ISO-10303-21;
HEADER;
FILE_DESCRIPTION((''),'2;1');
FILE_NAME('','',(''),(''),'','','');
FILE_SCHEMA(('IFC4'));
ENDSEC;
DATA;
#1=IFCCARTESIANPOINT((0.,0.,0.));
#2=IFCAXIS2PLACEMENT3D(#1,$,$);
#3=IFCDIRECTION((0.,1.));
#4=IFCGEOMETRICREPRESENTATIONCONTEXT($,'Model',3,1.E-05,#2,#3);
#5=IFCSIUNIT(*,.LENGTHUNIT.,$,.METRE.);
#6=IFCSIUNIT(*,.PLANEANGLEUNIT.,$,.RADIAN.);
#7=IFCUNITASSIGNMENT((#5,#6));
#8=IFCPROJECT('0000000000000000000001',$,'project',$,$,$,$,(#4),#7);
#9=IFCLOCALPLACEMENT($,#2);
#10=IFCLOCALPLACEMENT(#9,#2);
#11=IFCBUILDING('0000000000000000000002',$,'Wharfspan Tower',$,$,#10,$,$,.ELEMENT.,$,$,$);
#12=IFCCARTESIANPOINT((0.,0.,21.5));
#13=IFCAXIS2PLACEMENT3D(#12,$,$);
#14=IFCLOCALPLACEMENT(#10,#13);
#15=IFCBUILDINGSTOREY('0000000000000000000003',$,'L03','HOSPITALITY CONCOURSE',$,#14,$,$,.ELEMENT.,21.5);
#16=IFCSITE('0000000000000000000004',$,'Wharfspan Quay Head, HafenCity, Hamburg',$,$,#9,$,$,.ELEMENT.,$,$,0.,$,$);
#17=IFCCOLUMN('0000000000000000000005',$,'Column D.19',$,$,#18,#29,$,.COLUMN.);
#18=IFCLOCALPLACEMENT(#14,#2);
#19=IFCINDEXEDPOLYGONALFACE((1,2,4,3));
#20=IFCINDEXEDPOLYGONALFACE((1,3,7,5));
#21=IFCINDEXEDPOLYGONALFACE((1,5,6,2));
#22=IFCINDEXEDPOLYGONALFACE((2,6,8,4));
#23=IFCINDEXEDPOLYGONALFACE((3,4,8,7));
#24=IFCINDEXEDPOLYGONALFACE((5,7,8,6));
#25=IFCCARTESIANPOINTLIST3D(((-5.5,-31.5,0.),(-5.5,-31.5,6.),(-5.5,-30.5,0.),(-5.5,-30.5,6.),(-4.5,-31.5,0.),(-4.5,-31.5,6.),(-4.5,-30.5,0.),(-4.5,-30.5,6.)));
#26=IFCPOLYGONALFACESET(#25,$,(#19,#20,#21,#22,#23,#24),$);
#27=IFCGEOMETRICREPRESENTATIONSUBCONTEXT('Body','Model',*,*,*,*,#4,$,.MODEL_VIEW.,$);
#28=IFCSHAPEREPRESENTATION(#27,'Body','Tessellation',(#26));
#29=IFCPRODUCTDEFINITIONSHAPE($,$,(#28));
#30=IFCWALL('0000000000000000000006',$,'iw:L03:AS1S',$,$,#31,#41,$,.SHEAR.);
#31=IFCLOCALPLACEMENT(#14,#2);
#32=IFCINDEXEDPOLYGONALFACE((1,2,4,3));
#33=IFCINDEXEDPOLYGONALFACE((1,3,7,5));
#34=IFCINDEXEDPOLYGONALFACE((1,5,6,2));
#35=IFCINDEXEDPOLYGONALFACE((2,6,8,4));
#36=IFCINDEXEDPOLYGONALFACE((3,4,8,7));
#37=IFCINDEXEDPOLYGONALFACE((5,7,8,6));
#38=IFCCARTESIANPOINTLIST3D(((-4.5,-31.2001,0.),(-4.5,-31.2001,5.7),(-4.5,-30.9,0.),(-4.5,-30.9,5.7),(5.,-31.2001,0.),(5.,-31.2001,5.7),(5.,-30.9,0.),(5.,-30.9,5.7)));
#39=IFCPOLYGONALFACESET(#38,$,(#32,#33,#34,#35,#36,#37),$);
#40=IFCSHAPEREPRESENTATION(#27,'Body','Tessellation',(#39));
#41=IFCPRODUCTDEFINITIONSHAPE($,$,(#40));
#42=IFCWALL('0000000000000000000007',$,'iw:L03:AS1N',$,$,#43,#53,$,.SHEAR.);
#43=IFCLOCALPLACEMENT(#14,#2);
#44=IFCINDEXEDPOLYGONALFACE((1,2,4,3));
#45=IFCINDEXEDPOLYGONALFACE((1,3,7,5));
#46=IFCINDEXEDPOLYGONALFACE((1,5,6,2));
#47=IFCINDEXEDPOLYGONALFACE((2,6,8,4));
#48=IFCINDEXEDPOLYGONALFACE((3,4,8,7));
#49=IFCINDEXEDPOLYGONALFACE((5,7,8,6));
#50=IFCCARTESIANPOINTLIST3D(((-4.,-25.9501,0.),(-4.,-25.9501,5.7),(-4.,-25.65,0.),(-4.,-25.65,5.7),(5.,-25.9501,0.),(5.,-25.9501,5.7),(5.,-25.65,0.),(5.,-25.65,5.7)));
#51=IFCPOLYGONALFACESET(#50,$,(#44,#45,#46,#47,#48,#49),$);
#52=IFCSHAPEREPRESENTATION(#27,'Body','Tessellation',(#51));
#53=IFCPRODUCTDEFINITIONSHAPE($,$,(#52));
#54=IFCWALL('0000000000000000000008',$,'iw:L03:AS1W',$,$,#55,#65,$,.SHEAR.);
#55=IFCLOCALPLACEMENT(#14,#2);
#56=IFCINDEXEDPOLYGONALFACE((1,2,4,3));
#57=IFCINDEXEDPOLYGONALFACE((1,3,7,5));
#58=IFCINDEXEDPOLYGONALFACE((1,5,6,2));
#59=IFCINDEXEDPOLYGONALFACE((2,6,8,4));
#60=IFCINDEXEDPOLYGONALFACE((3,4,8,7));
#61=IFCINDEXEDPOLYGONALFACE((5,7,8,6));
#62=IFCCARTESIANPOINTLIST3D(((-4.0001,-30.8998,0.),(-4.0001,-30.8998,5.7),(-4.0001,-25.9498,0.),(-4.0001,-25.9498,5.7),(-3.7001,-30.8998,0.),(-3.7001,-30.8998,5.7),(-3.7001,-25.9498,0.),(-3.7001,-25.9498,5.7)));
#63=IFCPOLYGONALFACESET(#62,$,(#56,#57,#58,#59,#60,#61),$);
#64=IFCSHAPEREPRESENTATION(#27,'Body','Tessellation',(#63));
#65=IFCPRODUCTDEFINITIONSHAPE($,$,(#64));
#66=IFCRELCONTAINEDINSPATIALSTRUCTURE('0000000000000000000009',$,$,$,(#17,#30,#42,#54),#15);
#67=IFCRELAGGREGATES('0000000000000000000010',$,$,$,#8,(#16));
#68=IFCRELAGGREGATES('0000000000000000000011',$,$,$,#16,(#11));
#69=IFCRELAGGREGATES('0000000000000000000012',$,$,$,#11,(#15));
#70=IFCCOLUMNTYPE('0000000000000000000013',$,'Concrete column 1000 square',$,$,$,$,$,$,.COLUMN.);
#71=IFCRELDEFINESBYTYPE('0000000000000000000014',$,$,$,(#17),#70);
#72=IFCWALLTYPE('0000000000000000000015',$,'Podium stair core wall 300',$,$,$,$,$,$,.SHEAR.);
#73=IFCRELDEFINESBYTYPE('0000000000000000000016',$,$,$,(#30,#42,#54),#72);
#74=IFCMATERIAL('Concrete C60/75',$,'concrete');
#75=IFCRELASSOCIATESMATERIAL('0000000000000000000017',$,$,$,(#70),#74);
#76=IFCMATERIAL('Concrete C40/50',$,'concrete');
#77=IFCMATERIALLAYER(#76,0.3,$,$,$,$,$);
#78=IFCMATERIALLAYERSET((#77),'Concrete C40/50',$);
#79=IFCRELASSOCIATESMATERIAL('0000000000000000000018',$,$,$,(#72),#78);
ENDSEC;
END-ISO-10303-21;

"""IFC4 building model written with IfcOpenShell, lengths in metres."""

from ifc_helpers import new_model, si_unit, direction, frame, frame_2d, origin, origin_2d, place, context, subcontext, project, spatial, rectangle, extrude, material, layer, layer_set, material_profile, profile_set, type_object, element, save


model = new_model("IFC4")

# Units and contexts
model_context = context("Model", 3, precision=1e-05, world=origin(), true_north=direction((0.0, 1.0)))
body_context = subcontext(model_context, "Body", "Model", "MODEL_VIEW")
ifc_project = project(units=[si_unit("LENGTHUNIT", "METRE"), si_unit("PLANEANGLEUNIT", "RADIAN")], contexts=[model_context])

# Site, building, storey
site_placement = place(None, origin())
site = spatial("IfcSite", under=ifc_project, at=site_placement, Name="Wharfspan Quay Head, HafenCity, Hamburg", CompositionType="ELEMENT", RefElevation=0.0)
building_placement = place(site_placement, origin())
building = spatial("IfcBuilding", under=site, at=building_placement, Name="Wharfspan Tower", CompositionType="ELEMENT")
storey_placement = place(building_placement, frame((0.0, 0.0, 21.5)))
storey = spatial("IfcBuildingStorey", under=building, at=storey_placement, Name="L03", Description="HOSPITALITY CONCOURSE", CompositionType="ELEMENT", Elevation=21.5)

# Column
ifc_material_1 = material(Name="Concrete C60/75", Category="concrete")
ifc_material_profile = material_profile(ifc_material_1, rectangle(XDim=1.0, YDim=1.0, at=origin_2d()))
ifc_profile_set = profile_set([ifc_material_profile], Name="Concrete C60/75")
column_type = type_object("IfcColumnType", Name="Concrete column 1000 square", PredefinedType="COLUMN", material=ifc_profile_set)
column_placement = place(storey_placement, frame((-5.0, -31.0, 0.0), z_axis=(0.0, 0.0, 1.0), x_axis=(1.0, 0.0, 0.0)))
element("IfcColumn", 1, at=column_placement, inside=storey, type_object=column_type, Name="Column D.19", PredefinedType="COLUMN", context=body_context, shape_type="SweptSolid", body=[
    extrude(rectangle(XDim=1.0, YDim=1.0, at=origin_2d()), origin(), (0.0, 0.0, 1.0), 6.0),
])

# Walls
ifc_material_2 = material(Name="Concrete C40/50", Category="concrete")
ifc_layer_1 = layer(ifc_material_2, 0.3)
ifc_layer_set_1 = layer_set([ifc_layer_1], Name="Concrete C40/50")
wall_type_1 = type_object("IfcWallType", Name="Podium stair core wall 300", PredefinedType="SHEAR", material=ifc_layer_set_1)
wall_1_placement = place(storey_placement, frame((-4.5, -31.05, 0.0), z_axis=(0.0, 0.0, 1.0), x_axis=(1.0, 0.0, 0.0)))
element("IfcWall", 2, at=wall_1_placement, inside=storey, type_object=wall_type_1, Name="iw:L03:AS1S", PredefinedType="SHEAR", context=body_context, shape_type="SweptSolid", body=[
    extrude(rectangle(XDim=9.5, YDim=0.3, at=frame_2d((4.75, 0.0))), origin(), (0.0, 0.0, 1.0), 5.7),
])
wall_2_placement = place(storey_placement, frame((-4.0, -25.8, 0.0), z_axis=(0.0, 0.0, 1.0), x_axis=(1.0, 0.0, 0.0)))
element("IfcWall", 3, at=wall_2_placement, inside=storey, type_object=wall_type_1, Name="iw:L03:AS1N", PredefinedType="SHEAR", context=body_context, shape_type="SweptSolid", body=[
    extrude(rectangle(XDim=9.0, YDim=0.3, at=frame_2d((4.5, 0.0))), origin(), (0.0, 0.0, 1.0), 5.7),
])
wall_3_placement = place(storey_placement, frame((-3.8501, -30.8999, 0.0), z_axis=(0.0, 0.0, 1.0), x_axis=(0.0, 1.0, 0.0)))
element("IfcWall", 4, at=wall_3_placement, inside=storey, type_object=wall_type_1, Name="iw:L03:AS1W", PredefinedType="SHEAR", context=body_context, shape_type="SweptSolid", body=[
    extrude(rectangle(XDim=4.95, YDim=0.3, at=frame_2d((2.4751, 0.0))), origin(), (0.0, 0.0, 1.0), 5.7),
])

save(model, "model.ifc")
